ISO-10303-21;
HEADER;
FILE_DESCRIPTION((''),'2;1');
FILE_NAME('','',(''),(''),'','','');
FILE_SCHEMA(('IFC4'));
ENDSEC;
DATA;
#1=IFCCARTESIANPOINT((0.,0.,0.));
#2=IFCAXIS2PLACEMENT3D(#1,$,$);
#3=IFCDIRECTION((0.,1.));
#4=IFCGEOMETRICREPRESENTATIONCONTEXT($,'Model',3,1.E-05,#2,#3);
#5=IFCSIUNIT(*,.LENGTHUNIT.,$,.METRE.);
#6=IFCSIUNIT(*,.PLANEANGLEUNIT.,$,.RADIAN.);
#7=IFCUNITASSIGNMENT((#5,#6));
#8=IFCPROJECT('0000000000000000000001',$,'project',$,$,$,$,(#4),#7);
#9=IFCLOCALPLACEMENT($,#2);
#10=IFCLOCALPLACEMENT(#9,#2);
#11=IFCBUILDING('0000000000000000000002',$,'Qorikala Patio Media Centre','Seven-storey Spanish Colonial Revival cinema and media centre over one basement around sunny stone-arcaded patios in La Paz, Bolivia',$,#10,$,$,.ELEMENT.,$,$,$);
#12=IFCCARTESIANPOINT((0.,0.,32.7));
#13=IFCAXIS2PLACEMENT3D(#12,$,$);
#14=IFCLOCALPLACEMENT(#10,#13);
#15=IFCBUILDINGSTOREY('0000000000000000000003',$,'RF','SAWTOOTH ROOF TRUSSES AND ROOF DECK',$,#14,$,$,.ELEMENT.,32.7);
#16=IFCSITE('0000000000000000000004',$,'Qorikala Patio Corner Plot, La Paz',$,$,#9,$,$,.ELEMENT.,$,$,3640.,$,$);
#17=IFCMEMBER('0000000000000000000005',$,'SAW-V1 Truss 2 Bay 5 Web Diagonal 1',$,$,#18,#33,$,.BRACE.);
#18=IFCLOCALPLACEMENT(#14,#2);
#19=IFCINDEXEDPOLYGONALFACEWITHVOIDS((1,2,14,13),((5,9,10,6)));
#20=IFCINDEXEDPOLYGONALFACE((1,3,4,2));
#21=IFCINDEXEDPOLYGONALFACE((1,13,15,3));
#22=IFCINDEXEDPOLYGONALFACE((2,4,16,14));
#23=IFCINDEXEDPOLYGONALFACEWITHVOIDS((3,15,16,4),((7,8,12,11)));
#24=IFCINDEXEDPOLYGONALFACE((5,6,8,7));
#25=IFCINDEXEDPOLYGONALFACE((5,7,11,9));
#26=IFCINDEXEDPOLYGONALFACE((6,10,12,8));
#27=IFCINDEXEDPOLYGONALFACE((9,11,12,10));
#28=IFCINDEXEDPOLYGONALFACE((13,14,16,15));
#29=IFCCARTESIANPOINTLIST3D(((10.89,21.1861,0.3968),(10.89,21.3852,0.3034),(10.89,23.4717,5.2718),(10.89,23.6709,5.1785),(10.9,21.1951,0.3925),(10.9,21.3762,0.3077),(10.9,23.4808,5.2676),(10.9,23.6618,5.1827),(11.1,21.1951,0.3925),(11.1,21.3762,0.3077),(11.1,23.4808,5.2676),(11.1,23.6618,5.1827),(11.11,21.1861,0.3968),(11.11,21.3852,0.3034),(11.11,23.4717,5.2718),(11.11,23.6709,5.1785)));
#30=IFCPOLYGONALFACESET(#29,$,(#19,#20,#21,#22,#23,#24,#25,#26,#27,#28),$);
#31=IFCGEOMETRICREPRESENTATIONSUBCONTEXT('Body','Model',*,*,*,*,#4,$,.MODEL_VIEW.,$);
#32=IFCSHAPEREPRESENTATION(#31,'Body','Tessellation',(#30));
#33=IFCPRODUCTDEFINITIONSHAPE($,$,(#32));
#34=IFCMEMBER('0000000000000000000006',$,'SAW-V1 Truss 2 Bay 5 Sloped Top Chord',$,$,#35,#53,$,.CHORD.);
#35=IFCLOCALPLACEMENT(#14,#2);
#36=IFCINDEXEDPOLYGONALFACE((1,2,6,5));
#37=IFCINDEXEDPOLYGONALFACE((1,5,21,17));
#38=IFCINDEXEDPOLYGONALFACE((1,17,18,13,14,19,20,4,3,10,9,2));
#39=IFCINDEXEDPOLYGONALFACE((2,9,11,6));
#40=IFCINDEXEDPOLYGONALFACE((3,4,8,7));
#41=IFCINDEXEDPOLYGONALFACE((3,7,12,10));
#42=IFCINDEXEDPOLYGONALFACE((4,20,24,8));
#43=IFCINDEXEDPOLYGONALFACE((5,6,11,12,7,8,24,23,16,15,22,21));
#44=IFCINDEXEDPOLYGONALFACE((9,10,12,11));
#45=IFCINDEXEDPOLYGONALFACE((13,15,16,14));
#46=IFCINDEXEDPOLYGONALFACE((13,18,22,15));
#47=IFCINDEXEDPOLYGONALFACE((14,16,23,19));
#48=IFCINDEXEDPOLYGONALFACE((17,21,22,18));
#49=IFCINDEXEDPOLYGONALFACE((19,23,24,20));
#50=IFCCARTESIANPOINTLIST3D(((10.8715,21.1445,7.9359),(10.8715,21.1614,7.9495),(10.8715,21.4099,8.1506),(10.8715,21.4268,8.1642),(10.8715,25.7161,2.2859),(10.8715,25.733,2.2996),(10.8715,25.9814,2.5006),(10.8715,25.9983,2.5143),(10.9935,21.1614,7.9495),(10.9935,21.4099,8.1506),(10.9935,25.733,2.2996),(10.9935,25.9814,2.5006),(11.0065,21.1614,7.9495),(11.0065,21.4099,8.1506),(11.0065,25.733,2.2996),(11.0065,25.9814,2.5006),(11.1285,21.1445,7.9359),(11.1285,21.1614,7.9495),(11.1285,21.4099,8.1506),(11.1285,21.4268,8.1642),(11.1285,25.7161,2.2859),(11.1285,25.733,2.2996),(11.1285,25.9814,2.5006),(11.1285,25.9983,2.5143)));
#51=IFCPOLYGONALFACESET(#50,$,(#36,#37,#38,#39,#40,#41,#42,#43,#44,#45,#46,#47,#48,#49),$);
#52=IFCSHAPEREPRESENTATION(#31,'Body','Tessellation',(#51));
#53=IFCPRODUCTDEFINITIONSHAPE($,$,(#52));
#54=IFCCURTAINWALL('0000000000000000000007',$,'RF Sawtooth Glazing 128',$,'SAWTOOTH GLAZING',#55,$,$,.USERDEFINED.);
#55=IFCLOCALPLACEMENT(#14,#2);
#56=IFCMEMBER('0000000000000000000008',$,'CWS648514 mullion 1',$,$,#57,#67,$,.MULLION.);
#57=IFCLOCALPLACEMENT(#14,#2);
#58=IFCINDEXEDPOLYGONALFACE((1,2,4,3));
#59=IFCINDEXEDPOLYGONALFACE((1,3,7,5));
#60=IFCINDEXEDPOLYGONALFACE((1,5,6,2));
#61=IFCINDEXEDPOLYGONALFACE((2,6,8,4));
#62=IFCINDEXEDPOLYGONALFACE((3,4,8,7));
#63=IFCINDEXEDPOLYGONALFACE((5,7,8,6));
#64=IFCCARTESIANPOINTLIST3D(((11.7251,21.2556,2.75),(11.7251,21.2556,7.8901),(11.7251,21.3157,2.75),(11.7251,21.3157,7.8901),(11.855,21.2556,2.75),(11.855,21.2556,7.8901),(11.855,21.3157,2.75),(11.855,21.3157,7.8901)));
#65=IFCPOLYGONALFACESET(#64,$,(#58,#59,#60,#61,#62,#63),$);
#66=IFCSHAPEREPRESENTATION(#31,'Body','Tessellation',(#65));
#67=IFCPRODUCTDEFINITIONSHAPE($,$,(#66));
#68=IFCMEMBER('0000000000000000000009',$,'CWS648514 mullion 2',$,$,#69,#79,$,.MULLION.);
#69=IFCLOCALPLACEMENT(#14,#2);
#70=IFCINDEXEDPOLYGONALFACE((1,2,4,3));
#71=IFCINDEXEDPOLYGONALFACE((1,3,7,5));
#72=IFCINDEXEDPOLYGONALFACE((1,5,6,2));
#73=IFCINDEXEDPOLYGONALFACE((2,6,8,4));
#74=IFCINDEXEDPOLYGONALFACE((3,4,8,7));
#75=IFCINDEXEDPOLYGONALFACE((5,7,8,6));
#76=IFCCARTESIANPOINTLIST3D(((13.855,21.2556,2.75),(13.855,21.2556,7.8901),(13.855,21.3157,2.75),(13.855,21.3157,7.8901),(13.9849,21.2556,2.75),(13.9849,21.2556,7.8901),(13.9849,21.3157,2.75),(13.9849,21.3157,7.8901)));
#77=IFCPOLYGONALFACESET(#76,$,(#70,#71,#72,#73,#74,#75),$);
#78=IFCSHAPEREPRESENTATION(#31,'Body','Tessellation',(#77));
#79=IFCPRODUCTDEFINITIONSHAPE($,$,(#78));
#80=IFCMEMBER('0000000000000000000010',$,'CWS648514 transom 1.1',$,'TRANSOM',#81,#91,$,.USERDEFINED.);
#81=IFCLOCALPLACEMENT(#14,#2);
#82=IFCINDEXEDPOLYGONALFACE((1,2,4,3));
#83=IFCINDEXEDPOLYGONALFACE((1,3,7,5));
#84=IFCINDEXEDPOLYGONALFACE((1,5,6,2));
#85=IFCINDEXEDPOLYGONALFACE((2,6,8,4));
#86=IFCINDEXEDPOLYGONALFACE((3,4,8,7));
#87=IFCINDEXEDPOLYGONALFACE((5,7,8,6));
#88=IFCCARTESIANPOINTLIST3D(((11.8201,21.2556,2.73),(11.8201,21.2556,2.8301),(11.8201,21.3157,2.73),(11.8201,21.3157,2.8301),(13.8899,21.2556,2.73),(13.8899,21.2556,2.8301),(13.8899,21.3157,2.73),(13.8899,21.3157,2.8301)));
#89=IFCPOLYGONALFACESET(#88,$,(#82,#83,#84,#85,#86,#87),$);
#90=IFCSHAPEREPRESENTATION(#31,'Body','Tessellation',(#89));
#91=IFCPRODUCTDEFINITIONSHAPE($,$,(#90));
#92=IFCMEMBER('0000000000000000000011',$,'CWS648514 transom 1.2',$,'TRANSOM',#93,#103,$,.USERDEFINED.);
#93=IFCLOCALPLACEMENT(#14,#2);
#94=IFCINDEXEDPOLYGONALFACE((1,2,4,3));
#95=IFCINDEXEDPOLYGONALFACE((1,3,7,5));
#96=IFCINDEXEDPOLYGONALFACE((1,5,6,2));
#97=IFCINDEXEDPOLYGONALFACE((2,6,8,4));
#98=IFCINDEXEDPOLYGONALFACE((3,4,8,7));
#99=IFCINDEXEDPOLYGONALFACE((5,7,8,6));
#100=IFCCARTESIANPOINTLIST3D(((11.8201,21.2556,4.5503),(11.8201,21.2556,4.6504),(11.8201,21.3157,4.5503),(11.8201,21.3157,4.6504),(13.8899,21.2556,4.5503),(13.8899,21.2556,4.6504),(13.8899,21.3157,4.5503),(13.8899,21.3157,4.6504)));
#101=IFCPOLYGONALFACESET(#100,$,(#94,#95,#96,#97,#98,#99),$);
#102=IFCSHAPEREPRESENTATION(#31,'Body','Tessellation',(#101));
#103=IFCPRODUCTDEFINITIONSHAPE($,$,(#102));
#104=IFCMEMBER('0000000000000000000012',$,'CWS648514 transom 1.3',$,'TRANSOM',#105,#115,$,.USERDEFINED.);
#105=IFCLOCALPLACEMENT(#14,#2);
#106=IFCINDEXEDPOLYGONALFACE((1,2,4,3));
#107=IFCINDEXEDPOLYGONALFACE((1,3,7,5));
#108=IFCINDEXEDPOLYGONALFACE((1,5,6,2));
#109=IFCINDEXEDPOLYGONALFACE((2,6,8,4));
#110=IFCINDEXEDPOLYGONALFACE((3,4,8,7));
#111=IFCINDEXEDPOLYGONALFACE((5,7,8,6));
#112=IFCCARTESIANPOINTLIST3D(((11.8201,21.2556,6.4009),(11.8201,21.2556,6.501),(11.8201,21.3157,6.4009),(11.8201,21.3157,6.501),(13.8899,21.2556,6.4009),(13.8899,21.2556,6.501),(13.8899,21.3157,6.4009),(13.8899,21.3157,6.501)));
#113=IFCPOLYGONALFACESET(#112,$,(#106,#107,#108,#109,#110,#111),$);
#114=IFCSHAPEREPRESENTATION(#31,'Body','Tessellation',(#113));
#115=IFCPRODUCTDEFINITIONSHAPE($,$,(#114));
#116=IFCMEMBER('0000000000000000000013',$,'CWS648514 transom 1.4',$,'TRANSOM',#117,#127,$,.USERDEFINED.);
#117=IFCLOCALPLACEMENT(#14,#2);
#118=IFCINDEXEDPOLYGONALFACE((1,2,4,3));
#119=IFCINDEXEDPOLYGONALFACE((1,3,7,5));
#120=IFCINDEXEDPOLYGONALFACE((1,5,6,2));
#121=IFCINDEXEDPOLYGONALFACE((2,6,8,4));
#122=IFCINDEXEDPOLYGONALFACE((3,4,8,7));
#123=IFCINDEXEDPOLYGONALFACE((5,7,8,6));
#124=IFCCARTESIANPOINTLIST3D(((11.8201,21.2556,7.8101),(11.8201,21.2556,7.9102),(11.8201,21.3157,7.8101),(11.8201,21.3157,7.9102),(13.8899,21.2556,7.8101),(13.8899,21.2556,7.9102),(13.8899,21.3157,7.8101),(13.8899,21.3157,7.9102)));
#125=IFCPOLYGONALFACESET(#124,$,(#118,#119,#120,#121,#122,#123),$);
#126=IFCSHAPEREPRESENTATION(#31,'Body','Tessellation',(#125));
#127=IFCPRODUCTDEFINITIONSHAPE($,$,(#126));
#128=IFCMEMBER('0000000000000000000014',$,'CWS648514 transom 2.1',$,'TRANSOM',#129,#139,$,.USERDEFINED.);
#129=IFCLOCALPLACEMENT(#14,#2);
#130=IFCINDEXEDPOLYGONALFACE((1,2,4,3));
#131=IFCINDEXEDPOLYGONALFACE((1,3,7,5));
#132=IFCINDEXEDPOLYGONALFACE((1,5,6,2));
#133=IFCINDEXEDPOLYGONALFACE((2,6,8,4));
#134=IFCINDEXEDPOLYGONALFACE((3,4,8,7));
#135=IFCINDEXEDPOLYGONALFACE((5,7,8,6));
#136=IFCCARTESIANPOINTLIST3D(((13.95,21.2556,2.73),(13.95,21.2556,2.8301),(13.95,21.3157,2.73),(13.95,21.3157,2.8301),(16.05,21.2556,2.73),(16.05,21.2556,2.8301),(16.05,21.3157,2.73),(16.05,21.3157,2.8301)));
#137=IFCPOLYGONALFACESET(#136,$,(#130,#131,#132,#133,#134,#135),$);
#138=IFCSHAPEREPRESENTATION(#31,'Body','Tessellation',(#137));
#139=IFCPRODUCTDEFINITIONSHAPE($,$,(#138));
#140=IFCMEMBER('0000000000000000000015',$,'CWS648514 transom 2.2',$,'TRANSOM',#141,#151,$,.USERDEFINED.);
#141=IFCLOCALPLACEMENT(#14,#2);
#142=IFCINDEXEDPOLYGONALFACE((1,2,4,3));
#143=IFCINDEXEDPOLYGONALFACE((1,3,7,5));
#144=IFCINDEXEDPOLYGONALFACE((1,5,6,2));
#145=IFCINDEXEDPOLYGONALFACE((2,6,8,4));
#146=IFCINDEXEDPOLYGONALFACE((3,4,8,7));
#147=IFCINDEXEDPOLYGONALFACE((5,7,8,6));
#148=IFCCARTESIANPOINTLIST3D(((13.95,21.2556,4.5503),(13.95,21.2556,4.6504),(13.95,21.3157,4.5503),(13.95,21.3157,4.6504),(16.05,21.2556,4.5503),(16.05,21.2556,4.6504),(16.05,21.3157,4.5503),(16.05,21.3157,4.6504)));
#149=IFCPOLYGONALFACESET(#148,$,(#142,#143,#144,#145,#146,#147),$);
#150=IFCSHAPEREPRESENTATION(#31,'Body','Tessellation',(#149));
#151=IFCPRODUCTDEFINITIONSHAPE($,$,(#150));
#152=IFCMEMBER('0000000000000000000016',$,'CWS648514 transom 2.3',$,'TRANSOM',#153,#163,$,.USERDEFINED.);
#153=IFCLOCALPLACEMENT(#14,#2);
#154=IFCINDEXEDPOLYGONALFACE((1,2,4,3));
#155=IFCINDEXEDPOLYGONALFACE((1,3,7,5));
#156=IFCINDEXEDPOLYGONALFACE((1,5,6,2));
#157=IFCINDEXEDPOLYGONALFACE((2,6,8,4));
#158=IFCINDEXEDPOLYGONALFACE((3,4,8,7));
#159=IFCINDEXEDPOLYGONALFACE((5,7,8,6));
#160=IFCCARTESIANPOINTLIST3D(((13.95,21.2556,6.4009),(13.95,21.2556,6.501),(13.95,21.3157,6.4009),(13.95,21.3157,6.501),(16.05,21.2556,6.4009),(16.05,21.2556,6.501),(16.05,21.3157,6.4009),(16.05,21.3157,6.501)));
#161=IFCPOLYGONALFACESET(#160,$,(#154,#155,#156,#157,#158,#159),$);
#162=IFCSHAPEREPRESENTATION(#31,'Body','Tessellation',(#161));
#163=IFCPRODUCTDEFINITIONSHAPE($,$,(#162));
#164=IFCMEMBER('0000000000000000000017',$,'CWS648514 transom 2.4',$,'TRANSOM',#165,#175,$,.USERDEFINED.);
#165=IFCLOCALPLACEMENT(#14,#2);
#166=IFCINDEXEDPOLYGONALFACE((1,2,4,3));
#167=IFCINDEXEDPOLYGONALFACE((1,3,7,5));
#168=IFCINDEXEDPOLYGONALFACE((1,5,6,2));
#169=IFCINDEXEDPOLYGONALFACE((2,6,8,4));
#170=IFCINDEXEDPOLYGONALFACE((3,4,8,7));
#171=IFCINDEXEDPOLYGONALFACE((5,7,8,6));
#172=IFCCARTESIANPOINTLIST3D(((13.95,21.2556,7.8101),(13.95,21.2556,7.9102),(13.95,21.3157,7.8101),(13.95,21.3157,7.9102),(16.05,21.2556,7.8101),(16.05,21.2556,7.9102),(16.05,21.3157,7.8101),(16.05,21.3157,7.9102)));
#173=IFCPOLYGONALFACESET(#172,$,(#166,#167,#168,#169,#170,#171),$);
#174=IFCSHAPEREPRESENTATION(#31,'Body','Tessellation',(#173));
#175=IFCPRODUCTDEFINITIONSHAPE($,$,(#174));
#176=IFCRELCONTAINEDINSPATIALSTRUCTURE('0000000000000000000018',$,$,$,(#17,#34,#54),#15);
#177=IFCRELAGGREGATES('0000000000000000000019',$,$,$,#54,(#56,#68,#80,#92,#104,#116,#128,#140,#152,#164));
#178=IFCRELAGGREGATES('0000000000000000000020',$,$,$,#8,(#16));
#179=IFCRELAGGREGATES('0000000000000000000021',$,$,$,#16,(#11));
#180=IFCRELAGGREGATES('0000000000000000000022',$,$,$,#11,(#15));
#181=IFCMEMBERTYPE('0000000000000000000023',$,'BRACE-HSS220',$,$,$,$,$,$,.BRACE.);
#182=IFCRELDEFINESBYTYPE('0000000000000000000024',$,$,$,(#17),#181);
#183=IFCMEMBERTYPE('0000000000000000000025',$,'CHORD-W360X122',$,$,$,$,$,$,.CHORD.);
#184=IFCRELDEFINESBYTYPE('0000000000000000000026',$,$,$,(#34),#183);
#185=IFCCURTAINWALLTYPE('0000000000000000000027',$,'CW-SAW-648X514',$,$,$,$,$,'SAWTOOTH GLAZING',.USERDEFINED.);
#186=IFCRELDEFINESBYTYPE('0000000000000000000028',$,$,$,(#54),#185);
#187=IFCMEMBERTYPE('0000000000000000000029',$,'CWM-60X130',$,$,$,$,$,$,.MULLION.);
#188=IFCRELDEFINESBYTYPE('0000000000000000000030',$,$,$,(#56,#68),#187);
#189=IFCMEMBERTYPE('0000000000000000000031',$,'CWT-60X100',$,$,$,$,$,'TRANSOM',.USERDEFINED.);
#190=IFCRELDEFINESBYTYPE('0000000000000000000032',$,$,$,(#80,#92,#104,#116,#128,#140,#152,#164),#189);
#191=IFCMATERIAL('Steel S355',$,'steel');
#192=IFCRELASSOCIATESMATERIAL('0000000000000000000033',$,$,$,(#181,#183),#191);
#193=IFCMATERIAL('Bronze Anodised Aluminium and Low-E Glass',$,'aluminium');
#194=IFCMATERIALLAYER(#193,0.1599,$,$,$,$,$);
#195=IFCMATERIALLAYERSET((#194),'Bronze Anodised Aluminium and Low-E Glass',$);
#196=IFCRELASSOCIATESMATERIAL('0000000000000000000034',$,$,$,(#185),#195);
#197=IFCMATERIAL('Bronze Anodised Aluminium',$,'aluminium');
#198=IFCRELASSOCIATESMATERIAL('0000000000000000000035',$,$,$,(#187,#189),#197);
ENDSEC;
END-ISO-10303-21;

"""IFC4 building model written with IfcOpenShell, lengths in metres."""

from ifc_helpers import new_model, si_unit, direction, frame, origin, origin_2d, place, context, subcontext, project, spatial, rectangle, hollow_rectangle, i_section, extrude, material, layer, layer_set, material_profile, profile_set, type_object, element, aggregate, save


model = new_model("IFC4")

# Units and contexts
model_context = context("Model", 3, precision=1e-05, world=origin(), true_north=direction((0.0, 1.0)))
body_context = subcontext(model_context, "Body", "Model", "MODEL_VIEW")
ifc_project = project(units=[si_unit("LENGTHUNIT", "METRE"), si_unit("PLANEANGLEUNIT", "RADIAN")], contexts=[model_context])

# Site, building, storey
site_placement = place(None, origin())
site = spatial("IfcSite", under=ifc_project, at=site_placement, Name="Qorikala Patio Corner Plot, La Paz", CompositionType="ELEMENT", RefElevation=3640.0)
building_placement = place(site_placement, origin())
building = spatial("IfcBuilding", under=site, at=building_placement, Name="Qorikala Patio Media Centre", Description="Seven-storey Spanish Colonial Revival cinema and media centre over one basement around sunny stone-arcaded patios in La Paz, Bolivia", CompositionType="ELEMENT")
storey_placement = place(building_placement, frame((0.0, 0.0, 32.7)))
storey = spatial("IfcBuildingStorey", under=building, at=storey_placement, Name="RF", Description="SAWTOOTH ROOF TRUSSES AND ROOF DECK", CompositionType="ELEMENT", Elevation=32.7)

# Members
ifc_material_1 = material(Name="Steel S355", Category="steel")
ifc_material_profile_1 = material_profile(ifc_material_1, hollow_rectangle(XDim=0.22, YDim=0.22, WallThickness=0.01, at=origin_2d()), Name="HSS220X220X10")
ifc_profile_set_1 = profile_set([ifc_material_profile_1], Name="Steel S355")
member_type_1 = type_object("IfcMemberType", Name="BRACE-HSS220", PredefinedType="BRACE", material=ifc_profile_set_1)
member_1_placement = place(storey_placement, frame((11.0, 21.2856, 0.3501), z_axis=(0.0, 0.424508, 0.905424), x_axis=(-1.0, 0.0, 0.0)))
element("IfcMember", 1, at=member_1_placement, inside=storey, type_object=member_type_1, Name="SAW-V1 Truss 2 Bay 5 Web Diagonal 1", PredefinedType="BRACE", context=body_context, shape_type="SweptSolid", body=[
    extrude(hollow_rectangle(XDim=0.22, YDim=0.22, WallThickness=0.01, at=origin_2d()), origin(), (0.0, 0.0, 1.0), 5.3843),
])
ifc_material_profile_2 = material_profile(ifc_material_1, i_section(OverallWidth=0.2571, OverallDepth=0.363, WebThickness=0.0129, FlangeThickness=0.0217, at=origin_2d()), Name="W360X122")
ifc_profile_set_2 = profile_set([ifc_material_profile_2], Name="Steel S355")
member_type_2 = type_object("IfcMemberType", Name="CHORD-W360X122", PredefinedType="CHORD", material=ifc_profile_set_2)
member_2_placement = place(storey_placement, frame((11.0, 21.2856, 8.05), z_axis=(0.0, 0.629016, -0.777393), x_axis=(-1.0, 0.0, 0.0)))
element("IfcMember", 2, at=member_2_placement, inside=storey, type_object=member_type_2, Name="SAW-V1 Truss 2 Bay 5 Sloped Top Chord", PredefinedType="CHORD", context=body_context, shape_type="SweptSolid", body=[
    extrude(i_section(OverallWidth=0.2571, OverallDepth=0.363, WebThickness=0.0129, FlangeThickness=0.0217, at=origin_2d()), origin(), (0.0, 0.0, 1.0), 7.2678),
])

# Curtain wall, members
ifc_material_2 = material(Name="Bronze Anodised Aluminium and Low-E Glass", Category="aluminium")
ifc_layer_1 = layer(ifc_material_2, 0.1599)
ifc_layer_set_1 = layer_set([ifc_layer_1], Name="Bronze Anodised Aluminium and Low-E Glass")
curtain_wall_type = type_object("IfcCurtainWallType", Name="CW-SAW-648X514", ElementType="SAWTOOTH GLAZING", PredefinedType="USERDEFINED", material=ifc_layer_set_1)
curtain_wall_placement = place(storey_placement, origin())
curtain_wall = element("IfcCurtainWall", 3, at=curtain_wall_placement, inside=storey, type_object=curtain_wall_type, Name="RF Sawtooth Glazing 128", ObjectType="SAWTOOTH GLAZING", PredefinedType="USERDEFINED")
ifc_material_3 = material(Name="Bronze Anodised Aluminium", Category="aluminium")
ifc_material_profile_3 = material_profile(ifc_material_3, rectangle(XDim=0.0601, YDim=0.1299, at=origin_2d()), Name="ALU MULLION 60x130")
ifc_profile_set_3 = profile_set([ifc_material_profile_3], Name="Bronze Anodised Aluminium")
member_type_3 = type_object("IfcMemberType", Name="CWM-60X130", PredefinedType="MULLION", material=ifc_profile_set_3)
member_3_placement = place(storey_placement, frame((11.79, 21.2856, 2.75), z_axis=(0.0, 0.0, 1.0), x_axis=(0.0, 1.0, 0.0)))
member_3 = element("IfcMember", 4, at=member_3_placement, type_object=member_type_3, Name="CWS648514 mullion 1", PredefinedType="MULLION", context=body_context, shape_type="SweptSolid", body=[
    extrude(rectangle(XDim=0.0601, YDim=0.1299, at=origin_2d()), origin(), (0.0, 0.0, 1.0), 5.1401),
])
member_4_placement = place(storey_placement, frame((13.9199, 21.2856, 2.75), z_axis=(0.0, 0.0, 1.0), x_axis=(0.0, 1.0, 0.0)))
member_4 = element("IfcMember", 5, at=member_4_placement, type_object=member_type_3, Name="CWS648514 mullion 2", PredefinedType="MULLION", context=body_context, shape_type="SweptSolid", body=[
    extrude(rectangle(XDim=0.0601, YDim=0.1299, at=origin_2d()), origin(), (0.0, 0.0, 1.0), 5.1401),
])
ifc_material_profile_4 = material_profile(ifc_material_3, rectangle(XDim=0.0601, YDim=0.1001, at=origin_2d()), Name="ALU TRANSOM 60x100")
ifc_profile_set_4 = profile_set([ifc_material_profile_4], Name="Bronze Anodised Aluminium")
member_type_4 = type_object("IfcMemberType", Name="CWT-60X100", ElementType="TRANSOM", PredefinedType="USERDEFINED", material=ifc_profile_set_4)
member_5_placement = place(storey_placement, frame((11.8201, 21.2856, 2.78), z_axis=(1.0, 0.0, 0.0), x_axis=(0.0, 1.0, 0.0)))
member_5 = element("IfcMember", 6, at=member_5_placement, type_object=member_type_4, Name="CWS648514 transom 1.1", ObjectType="TRANSOM", PredefinedType="USERDEFINED", context=body_context, shape_type="SweptSolid", body=[
    extrude(rectangle(XDim=0.0601, YDim=0.1001, at=origin_2d()), origin(), (0.0, 0.0, 1.0), 2.0698),
])
member_6_placement = place(storey_placement, frame((11.8201, 21.2856, 4.6003), z_axis=(1.0, 0.0, 0.0), x_axis=(0.0, 1.0, 0.0)))
member_6 = element("IfcMember", 7, at=member_6_placement, type_object=member_type_4, Name="CWS648514 transom 1.2", ObjectType="TRANSOM", PredefinedType="USERDEFINED", context=body_context, shape_type="SweptSolid", body=[
    extrude(rectangle(XDim=0.0601, YDim=0.1001, at=origin_2d()), origin(), (0.0, 0.0, 1.0), 2.0698),
])
member_7_placement = place(storey_placement, frame((11.8201, 21.2856, 6.4509), z_axis=(1.0, 0.0, 0.0), x_axis=(0.0, 1.0, 0.0)))
member_7 = element("IfcMember", 8, at=member_7_placement, type_object=member_type_4, Name="CWS648514 transom 1.3", ObjectType="TRANSOM", PredefinedType="USERDEFINED", context=body_context, shape_type="SweptSolid", body=[
    extrude(rectangle(XDim=0.0601, YDim=0.1001, at=origin_2d()), origin(), (0.0, 0.0, 1.0), 2.0698),
])
member_8_placement = place(storey_placement, frame((11.8201, 21.2856, 7.8601), z_axis=(1.0, 0.0, 0.0), x_axis=(0.0, 1.0, 0.0)))
member_8 = element("IfcMember", 9, at=member_8_placement, type_object=member_type_4, Name="CWS648514 transom 1.4", ObjectType="TRANSOM", PredefinedType="USERDEFINED", context=body_context, shape_type="SweptSolid", body=[
    extrude(rectangle(XDim=0.0601, YDim=0.1001, at=origin_2d()), origin(), (0.0, 0.0, 1.0), 2.0698),
])
member_9_placement = place(storey_placement, frame((13.95, 21.2856, 2.78), z_axis=(1.0, 0.0, 0.0), x_axis=(0.0, 1.0, 0.0)))
member_9 = element("IfcMember", 10, at=member_9_placement, type_object=member_type_4, Name="CWS648514 transom 2.1", ObjectType="TRANSOM", PredefinedType="USERDEFINED", context=body_context, shape_type="SweptSolid", body=[
    extrude(rectangle(XDim=0.0601, YDim=0.1001, at=origin_2d()), origin(), (0.0, 0.0, 1.0), 2.1001),
])
member_10_placement = place(storey_placement, frame((13.95, 21.2856, 4.6003), z_axis=(1.0, 0.0, 0.0), x_axis=(0.0, 1.0, 0.0)))
member_10 = element("IfcMember", 11, at=member_10_placement, type_object=member_type_4, Name="CWS648514 transom 2.2", ObjectType="TRANSOM", PredefinedType="USERDEFINED", context=body_context, shape_type="SweptSolid", body=[
    extrude(rectangle(XDim=0.0601, YDim=0.1001, at=origin_2d()), origin(), (0.0, 0.0, 1.0), 2.1001),
])
member_11_placement = place(storey_placement, frame((13.95, 21.2856, 6.4509), z_axis=(1.0, 0.0, 0.0), x_axis=(0.0, 1.0, 0.0)))
member_11 = element("IfcMember", 12, at=member_11_placement, type_object=member_type_4, Name="CWS648514 transom 2.3", ObjectType="TRANSOM", PredefinedType="USERDEFINED", context=body_context, shape_type="SweptSolid", body=[
    extrude(rectangle(XDim=0.0601, YDim=0.1001, at=origin_2d()), origin(), (0.0, 0.0, 1.0), 2.1001),
])
member_12_placement = place(storey_placement, frame((13.95, 21.2856, 7.8601), z_axis=(1.0, 0.0, 0.0), x_axis=(0.0, 1.0, 0.0)))
member_12 = element("IfcMember", 13, at=member_12_placement, type_object=member_type_4, Name="CWS648514 transom 2.4", ObjectType="TRANSOM", PredefinedType="USERDEFINED", context=body_context, shape_type="SweptSolid", body=[
    extrude(rectangle(XDim=0.0601, YDim=0.1001, at=origin_2d()), origin(), (0.0, 0.0, 1.0), 2.1001),
])

aggregate(curtain_wall, [member_3, member_4, member_5, member_6, member_7, member_8, member_9, member_10, member_11, member_12])

save(model, "model.ifc")
